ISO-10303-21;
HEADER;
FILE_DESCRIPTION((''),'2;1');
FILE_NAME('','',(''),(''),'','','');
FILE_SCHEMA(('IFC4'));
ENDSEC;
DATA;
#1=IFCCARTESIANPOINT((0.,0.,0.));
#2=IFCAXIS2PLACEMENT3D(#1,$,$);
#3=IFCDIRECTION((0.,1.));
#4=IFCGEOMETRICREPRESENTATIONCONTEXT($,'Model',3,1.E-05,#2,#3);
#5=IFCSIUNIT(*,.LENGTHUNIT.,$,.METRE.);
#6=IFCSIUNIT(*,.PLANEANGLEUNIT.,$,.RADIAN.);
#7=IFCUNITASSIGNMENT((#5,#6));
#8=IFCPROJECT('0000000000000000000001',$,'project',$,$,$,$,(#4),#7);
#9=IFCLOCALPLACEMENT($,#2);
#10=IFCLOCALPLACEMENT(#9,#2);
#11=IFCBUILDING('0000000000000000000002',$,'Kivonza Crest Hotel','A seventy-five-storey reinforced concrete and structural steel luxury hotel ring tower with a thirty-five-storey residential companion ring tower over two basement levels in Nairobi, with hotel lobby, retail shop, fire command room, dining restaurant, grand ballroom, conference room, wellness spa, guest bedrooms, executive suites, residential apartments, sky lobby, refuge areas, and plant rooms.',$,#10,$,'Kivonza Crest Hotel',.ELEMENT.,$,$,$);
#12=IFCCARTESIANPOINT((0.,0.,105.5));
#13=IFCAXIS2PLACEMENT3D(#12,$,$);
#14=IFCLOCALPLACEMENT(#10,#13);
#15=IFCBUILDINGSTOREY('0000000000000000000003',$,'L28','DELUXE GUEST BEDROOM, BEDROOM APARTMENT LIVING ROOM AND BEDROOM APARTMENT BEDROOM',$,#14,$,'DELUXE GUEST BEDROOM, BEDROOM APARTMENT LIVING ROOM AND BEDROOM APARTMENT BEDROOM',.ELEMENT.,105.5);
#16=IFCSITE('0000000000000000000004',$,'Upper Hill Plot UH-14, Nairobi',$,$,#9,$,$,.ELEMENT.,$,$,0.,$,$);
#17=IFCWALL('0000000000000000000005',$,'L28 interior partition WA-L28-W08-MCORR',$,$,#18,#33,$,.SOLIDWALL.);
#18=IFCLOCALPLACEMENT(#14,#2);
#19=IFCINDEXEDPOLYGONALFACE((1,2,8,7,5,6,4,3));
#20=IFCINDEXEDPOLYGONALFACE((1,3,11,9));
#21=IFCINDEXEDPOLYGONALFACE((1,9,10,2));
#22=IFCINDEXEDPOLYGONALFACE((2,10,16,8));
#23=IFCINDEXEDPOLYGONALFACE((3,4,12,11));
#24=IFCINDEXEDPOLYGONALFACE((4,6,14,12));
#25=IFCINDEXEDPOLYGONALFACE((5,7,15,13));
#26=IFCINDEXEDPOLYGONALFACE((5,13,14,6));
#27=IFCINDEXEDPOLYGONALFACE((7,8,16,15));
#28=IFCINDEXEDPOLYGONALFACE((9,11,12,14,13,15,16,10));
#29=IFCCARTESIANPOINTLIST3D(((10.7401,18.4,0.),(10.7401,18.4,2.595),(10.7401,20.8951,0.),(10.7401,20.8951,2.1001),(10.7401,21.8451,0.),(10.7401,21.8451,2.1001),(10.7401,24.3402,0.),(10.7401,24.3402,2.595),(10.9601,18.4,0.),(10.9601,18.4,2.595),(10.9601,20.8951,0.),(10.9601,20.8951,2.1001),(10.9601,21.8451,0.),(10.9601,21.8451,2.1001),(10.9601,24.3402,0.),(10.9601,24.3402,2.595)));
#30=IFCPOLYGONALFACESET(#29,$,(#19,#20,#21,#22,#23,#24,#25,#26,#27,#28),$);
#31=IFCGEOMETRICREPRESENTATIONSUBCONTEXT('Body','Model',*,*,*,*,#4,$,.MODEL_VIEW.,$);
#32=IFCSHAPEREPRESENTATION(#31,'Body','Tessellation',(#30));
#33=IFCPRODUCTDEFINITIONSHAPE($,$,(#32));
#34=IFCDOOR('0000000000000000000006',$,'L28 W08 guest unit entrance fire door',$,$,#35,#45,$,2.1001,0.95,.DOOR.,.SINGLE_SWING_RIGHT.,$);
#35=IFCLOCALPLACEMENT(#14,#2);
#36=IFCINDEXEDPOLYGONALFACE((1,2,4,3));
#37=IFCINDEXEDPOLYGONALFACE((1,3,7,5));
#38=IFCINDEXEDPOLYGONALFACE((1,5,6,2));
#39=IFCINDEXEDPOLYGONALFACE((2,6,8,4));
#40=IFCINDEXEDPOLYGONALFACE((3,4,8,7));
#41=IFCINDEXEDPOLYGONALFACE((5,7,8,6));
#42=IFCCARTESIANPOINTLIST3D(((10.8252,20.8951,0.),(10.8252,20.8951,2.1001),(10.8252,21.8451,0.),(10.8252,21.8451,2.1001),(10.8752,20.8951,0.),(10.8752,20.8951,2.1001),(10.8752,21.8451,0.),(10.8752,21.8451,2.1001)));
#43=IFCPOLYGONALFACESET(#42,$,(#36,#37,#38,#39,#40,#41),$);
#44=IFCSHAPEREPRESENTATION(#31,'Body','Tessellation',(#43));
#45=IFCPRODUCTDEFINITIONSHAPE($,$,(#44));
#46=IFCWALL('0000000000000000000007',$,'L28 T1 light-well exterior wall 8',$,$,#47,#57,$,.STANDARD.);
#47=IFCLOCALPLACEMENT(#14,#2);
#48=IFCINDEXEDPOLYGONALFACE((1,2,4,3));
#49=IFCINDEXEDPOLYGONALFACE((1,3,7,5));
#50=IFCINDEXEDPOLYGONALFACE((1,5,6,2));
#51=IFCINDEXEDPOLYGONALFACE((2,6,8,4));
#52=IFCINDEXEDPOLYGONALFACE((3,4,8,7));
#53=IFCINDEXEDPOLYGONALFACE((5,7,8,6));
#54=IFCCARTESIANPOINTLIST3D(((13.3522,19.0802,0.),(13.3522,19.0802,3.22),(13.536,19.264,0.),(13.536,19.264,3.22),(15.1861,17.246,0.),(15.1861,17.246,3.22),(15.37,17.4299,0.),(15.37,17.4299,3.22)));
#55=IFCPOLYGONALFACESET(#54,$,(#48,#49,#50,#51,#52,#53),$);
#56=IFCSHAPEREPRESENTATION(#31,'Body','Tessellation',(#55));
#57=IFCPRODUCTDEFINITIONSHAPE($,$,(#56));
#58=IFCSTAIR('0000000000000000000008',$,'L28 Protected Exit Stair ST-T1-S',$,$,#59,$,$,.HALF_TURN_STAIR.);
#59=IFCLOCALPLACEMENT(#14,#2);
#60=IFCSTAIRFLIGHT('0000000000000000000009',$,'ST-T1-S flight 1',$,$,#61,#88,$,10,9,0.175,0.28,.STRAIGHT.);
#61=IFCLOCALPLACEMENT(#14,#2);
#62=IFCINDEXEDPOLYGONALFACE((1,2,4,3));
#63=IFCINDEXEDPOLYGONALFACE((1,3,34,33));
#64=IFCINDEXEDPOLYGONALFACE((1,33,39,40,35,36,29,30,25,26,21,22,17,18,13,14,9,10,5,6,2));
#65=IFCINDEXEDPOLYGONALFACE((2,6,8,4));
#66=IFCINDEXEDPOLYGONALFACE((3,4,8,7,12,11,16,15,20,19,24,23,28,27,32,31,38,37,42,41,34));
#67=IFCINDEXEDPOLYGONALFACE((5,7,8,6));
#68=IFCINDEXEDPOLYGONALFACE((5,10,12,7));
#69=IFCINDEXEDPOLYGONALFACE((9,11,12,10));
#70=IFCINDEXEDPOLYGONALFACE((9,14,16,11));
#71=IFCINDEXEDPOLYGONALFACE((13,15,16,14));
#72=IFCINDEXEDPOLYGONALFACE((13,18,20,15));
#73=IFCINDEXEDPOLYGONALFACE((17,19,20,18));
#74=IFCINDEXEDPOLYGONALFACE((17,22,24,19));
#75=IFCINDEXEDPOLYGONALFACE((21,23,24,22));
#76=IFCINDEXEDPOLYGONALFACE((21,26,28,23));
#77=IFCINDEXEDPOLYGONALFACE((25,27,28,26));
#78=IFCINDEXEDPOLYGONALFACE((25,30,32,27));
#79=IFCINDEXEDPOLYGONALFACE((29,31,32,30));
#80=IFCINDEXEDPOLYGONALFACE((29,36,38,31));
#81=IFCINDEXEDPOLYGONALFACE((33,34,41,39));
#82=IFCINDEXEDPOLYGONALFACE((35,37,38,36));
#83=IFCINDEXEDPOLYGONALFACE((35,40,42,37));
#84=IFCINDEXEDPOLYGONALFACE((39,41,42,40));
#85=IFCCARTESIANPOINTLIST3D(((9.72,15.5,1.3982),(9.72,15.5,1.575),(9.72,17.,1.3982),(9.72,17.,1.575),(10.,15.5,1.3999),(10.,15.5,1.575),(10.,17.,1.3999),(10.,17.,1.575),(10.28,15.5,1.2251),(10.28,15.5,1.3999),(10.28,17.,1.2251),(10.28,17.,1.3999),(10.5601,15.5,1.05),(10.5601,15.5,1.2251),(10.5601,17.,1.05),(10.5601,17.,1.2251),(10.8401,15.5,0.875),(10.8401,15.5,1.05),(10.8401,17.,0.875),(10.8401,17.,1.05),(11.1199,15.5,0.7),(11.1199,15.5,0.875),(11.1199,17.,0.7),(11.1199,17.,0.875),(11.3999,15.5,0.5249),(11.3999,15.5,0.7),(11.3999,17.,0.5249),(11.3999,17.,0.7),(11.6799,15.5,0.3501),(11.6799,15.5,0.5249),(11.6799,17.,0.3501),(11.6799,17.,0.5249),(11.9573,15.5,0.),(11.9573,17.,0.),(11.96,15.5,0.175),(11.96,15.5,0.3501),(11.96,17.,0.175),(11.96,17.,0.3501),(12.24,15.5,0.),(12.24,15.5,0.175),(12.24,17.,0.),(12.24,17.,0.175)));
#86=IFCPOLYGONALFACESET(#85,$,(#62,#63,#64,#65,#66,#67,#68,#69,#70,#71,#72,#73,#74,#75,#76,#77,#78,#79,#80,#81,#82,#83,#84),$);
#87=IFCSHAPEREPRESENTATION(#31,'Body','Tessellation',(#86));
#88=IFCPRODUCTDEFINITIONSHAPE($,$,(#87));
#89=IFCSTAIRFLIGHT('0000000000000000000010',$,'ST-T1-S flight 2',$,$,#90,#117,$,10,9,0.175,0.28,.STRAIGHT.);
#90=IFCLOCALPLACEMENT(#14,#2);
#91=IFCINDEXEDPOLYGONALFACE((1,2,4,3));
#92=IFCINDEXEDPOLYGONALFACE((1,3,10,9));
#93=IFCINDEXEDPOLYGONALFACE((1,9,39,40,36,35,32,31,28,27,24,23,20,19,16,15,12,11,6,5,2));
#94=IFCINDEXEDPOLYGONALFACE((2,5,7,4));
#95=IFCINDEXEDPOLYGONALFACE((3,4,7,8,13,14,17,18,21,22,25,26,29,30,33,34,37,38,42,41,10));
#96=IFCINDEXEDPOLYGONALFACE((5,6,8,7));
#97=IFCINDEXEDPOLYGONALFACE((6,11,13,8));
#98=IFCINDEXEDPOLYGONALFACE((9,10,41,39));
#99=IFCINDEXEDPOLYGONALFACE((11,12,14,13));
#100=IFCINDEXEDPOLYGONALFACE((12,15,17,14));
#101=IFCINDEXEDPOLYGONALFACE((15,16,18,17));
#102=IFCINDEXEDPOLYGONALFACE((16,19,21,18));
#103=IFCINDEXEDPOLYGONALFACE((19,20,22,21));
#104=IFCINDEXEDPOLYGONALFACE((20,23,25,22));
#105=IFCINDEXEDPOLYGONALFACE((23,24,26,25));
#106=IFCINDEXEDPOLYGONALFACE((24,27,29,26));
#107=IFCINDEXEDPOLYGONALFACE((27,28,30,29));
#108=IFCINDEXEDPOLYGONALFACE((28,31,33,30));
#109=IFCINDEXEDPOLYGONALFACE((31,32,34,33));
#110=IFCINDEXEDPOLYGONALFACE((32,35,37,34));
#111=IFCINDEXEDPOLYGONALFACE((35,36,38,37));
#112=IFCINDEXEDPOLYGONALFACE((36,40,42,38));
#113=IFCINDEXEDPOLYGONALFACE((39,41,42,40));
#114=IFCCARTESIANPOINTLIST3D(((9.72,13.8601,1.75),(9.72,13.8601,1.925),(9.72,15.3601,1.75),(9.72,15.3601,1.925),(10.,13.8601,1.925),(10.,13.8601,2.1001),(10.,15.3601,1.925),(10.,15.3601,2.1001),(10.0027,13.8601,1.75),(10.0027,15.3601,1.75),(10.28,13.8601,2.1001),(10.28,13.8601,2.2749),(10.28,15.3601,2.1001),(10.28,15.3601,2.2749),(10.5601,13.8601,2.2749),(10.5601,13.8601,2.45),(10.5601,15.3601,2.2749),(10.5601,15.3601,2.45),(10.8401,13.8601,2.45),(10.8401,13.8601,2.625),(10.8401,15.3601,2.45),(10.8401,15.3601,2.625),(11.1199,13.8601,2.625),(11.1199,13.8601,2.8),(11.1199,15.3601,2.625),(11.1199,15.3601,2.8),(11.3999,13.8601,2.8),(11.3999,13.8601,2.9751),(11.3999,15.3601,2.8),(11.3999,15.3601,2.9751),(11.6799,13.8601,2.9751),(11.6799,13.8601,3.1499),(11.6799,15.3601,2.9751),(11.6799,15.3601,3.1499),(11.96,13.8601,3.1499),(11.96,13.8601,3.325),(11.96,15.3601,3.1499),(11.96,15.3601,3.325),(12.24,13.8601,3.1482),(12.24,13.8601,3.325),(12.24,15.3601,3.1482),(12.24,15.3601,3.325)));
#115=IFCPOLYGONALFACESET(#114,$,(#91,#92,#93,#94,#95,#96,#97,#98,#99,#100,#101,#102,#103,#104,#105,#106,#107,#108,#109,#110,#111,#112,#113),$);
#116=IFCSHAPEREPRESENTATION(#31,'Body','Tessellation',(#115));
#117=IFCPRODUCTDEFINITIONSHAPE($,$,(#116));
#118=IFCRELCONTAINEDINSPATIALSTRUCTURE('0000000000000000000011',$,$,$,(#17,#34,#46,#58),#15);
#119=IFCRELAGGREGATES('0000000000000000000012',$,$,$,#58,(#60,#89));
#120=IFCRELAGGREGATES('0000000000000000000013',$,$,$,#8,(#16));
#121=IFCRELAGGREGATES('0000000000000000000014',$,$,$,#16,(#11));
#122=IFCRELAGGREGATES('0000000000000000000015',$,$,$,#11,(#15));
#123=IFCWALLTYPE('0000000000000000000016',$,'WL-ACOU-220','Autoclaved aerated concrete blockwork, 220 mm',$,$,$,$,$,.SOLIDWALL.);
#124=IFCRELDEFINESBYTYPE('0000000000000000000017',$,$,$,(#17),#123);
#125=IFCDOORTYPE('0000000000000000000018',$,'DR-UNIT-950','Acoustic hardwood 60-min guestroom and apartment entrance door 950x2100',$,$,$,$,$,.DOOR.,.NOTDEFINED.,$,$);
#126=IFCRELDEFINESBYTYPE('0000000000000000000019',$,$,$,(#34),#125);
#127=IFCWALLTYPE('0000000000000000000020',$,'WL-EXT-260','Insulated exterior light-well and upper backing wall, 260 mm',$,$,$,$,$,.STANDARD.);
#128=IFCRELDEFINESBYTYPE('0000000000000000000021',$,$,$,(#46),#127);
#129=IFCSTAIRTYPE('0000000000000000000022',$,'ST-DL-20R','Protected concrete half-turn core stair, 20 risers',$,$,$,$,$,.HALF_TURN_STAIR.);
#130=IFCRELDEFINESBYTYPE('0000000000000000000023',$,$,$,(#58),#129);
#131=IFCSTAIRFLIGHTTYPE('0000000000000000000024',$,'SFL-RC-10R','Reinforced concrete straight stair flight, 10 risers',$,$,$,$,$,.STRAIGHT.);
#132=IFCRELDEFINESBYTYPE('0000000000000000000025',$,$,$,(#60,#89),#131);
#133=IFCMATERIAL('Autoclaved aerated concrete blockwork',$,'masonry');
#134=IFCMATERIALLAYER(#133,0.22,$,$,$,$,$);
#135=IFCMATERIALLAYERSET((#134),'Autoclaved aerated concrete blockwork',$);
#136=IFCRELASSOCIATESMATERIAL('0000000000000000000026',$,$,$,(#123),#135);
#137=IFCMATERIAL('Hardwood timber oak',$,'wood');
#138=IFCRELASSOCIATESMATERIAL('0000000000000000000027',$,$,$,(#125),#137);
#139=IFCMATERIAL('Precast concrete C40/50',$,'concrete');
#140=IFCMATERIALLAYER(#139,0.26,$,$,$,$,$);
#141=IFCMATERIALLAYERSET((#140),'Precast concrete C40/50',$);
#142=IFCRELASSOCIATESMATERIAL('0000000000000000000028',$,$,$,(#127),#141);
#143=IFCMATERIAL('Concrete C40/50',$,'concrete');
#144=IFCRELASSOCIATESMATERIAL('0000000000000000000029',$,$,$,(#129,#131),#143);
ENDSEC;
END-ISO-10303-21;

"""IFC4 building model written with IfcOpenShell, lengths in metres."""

from ifc_helpers import new_model, si_unit, direction, frame, frame_2d, origin, place, context, subcontext, project, spatial, polyline, rectangle, outline, extrude, material, layer, layer_set, type_object, element, fill, aggregate, save


model = new_model("IFC4")

# Units and contexts
model_context = context("Model", 3, precision=1e-05, world=origin(), true_north=direction((0.0, 1.0)))
body_context = subcontext(model_context, "Body", "Model", "MODEL_VIEW")
ifc_project = project(units=[si_unit("LENGTHUNIT", "METRE"), si_unit("PLANEANGLEUNIT", "RADIAN")], contexts=[model_context])

# Site, building, storey
site_placement = place(None, origin())
site = spatial("IfcSite", under=ifc_project, at=site_placement, Name="Upper Hill Plot UH-14, Nairobi", CompositionType="ELEMENT", RefElevation=0.0)
building_placement = place(site_placement, origin())
building = spatial("IfcBuilding", under=site, at=building_placement, Name="Kivonza Crest Hotel", Description="A seventy-five-storey reinforced concrete and structural steel luxury hotel ring tower with a thirty-five-storey residential companion ring tower over two basement levels in Nairobi, with hotel lobby, retail shop, fire command room, dining restaurant, grand ballroom, conference room, wellness spa, guest bedrooms, executive suites, residential apartments, sky lobby, refuge areas, and plant rooms.", LongName="Kivonza Crest Hotel", CompositionType="ELEMENT")
storey_placement = place(building_placement, frame((0.0, 0.0, 105.5)))
storey = spatial("IfcBuildingStorey", under=building, at=storey_placement, Name="L28", Description="DELUXE GUEST BEDROOM, BEDROOM APARTMENT LIVING ROOM AND BEDROOM APARTMENT BEDROOM", LongName="DELUXE GUEST BEDROOM, BEDROOM APARTMENT LIVING ROOM AND BEDROOM APARTMENT BEDROOM", CompositionType="ELEMENT", Elevation=105.5)

# Shared definitions
ifc_material_1 = material(Name="Autoclaved aerated concrete blockwork", Category="masonry")
ifc_layer_1 = layer(ifc_material_1, 0.22)
ifc_layer_set_1 = layer_set([ifc_layer_1], Name="Autoclaved aerated concrete blockwork")
wall_type_1 = type_object("IfcWallType", Name="WL-ACOU-220", Description="Autoclaved aerated concrete blockwork, 220 mm", PredefinedType="SOLIDWALL", material=ifc_layer_set_1)
ifc_material_2 = material(Name="Hardwood timber oak", Category="wood")
door_type_1 = type_object("IfcDoorType", Name="DR-UNIT-950", Description="Acoustic hardwood 60-min guestroom and apartment entrance door 950x2100", OperationType="NOTDEFINED", PredefinedType="DOOR", material=ifc_material_2)

# Wall, opening, door
wall_1_placement = place(storey_placement, frame((10.8501, 18.3999, 0.0), z_axis=(0.0, 0.0, 1.0), x_axis=(0.0, 1.0, 0.0)))
wall_1 = element("IfcWall", 1, at=wall_1_placement, inside=storey, type_object=wall_type_1, Name="L28 interior partition WA-L28-W08-MCORR", PredefinedType="SOLIDWALL", context=body_context, shape_type="SweptSolid", body=[
    extrude(rectangle(XDim=5.9402, YDim=0.22, at=frame_2d((2.9702, 0.0))), origin(), (0.0, 0.0, 1.0), 2.595),
])
opening_1_placement = place(wall_1_placement, frame((2.4951, 0.0, 0.0)))
opening_1 = element("IfcOpeningElement", 2, at=opening_1_placement, cuts=wall_1, PredefinedType="OPENING", context=body_context, shape_type="SweptSolid", body=[
    extrude(rectangle(XDim=0.95, YDim=2.1001, at=frame_2d((0.4751, 1.05))), frame((0.0, 0.1201, 0.0), z_axis=(0.0, -1.0, 0.0), x_axis=(1.0, 0.0, 0.0)), (0.0, 0.0, 1.0), 0.24),
])
door_1_placement = place(opening_1_placement, origin())
door_1 = element("IfcDoor", 3, at=door_1_placement, inside=storey, type_object=door_type_1, Name="L28 W08 guest unit entrance fire door", OperationType="SINGLE_SWING_RIGHT", OverallHeight=2.1001, OverallWidth=0.95, PredefinedType="DOOR", context=body_context, shape_type="SweptSolid", body=[
    extrude(rectangle(XDim=0.95, YDim=2.1001, at=frame_2d((0.4751, 1.05))), frame((0.0, 0.0249, 0.0), z_axis=(0.0, -1.0, 0.0), x_axis=(1.0, 0.0, 0.0)), (0.0, 0.0, 1.0), 0.05),
])
fill(opening_1, door_1)

# Wall
ifc_material_3 = material(Name="Precast concrete C40/50", Category="concrete")
ifc_layer_2 = layer(ifc_material_3, 0.26)
ifc_layer_set_2 = layer_set([ifc_layer_2], Name="Precast concrete C40/50")
wall_type_2 = type_object("IfcWallType", Name="WL-EXT-260", Description="Insulated exterior light-well and upper backing wall, 260 mm", PredefinedType="STANDARD", material=ifc_layer_set_2)
wall_2_placement = place(storey_placement, frame((13.4441, 19.1721, 0.0), z_axis=(0.0, 0.0, 1.0), x_axis=(0.70706, -0.707154, 0.0)))
element("IfcWall", 4, at=wall_2_placement, inside=storey, type_object=wall_type_2, Name="L28 T1 light-well exterior wall 8", PredefinedType="STANDARD", context=body_context, shape_type="SweptSolid", body=[
    extrude(rectangle(XDim=2.5938, YDim=0.26, at=frame_2d((1.2969, 0.0))), origin(), (0.0, 0.0, 1.0), 3.22),
])

# Stair, stair flights
ifc_material_4 = material(Name="Concrete C40/50", Category="concrete")
stair_type = type_object("IfcStairType", Name="ST-DL-20R", Description="Protected concrete half-turn core stair, 20 risers", PredefinedType="HALF_TURN_STAIR", material=ifc_material_4)
stair_placement = place(storey_placement, origin())
stair = element("IfcStair", 5, at=stair_placement, inside=storey, type_object=stair_type, Name="L28 Protected Exit Stair ST-T1-S", PredefinedType="HALF_TURN_STAIR")
stair_flight_type = type_object("IfcStairFlightType", Name="SFL-RC-10R", Description="Reinforced concrete straight stair flight, 10 risers", PredefinedType="STRAIGHT", material=ifc_material_4)
stair_flight_1_placement = place(storey_placement, frame((12.24, 16.25, 0.0), z_axis=(0.0, 0.0, 1.0), x_axis=(-1.0, 0.0, 0.0)))
stair_flight_1 = element("IfcStairFlight", 6, at=stair_flight_1_placement, type_object=stair_flight_type, Name="ST-T1-S flight 1", NumberOfRisers=10, NumberOfTreads=9, PredefinedType="STRAIGHT", RiserHeight=0.175, TreadLength=0.28, context=body_context, shape_type="SweptSolid", body=[
    extrude(outline(polyline([(0.0, 0.0), (0.0, 0.175), (0.28, 0.175), (0.28, 0.3501), (0.5601, 0.3501), (0.5601, 0.5249), (0.8401, 0.5249), (0.8401, 0.7), (1.1201, 0.7), (1.1201, 0.875), (1.3999, 0.875), (1.3999, 1.05), (1.6799, 1.05), (1.6799, 1.2251), (1.96, 1.2251), (1.96, 1.3999), (2.24, 1.3999), (2.24, 1.575), (2.52, 1.575), (2.52, 1.75), (2.52, 1.3982), (0.2827, 0.0), (0.0, 0.0)])), frame((0.0, 0.75, 0.0), z_axis=(0.0, -1.0, 0.0), x_axis=(1.0, 0.0, 0.0)), (0.0, 0.0, 1.0), 1.5),
])
stair_flight_2_placement = place(storey_placement, frame((9.72, 14.6101, 1.75), z_axis=(0.0, 0.0, 1.0), x_axis=(1.0, 0.0, 0.0)))
stair_flight_2 = element("IfcStairFlight", 7, at=stair_flight_2_placement, type_object=stair_flight_type, Name="ST-T1-S flight 2", NumberOfRisers=10, NumberOfTreads=9, PredefinedType="STRAIGHT", RiserHeight=0.175, TreadLength=0.28, context=body_context, shape_type="SweptSolid", body=[
    extrude(outline(polyline([(0.0, 0.0), (0.0, 0.175), (0.28, 0.175), (0.28, 0.3501), (0.5601, 0.3501), (0.5601, 0.5249), (0.8401, 0.5249), (0.8401, 0.7), (1.1201, 0.7), (1.1201, 0.875), (1.3999, 0.875), (1.3999, 1.05), (1.6799, 1.05), (1.6799, 1.2251), (1.96, 1.2251), (1.96, 1.3999), (2.24, 1.3999), (2.24, 1.575), (2.52, 1.575), (2.52, 1.75), (2.52, 1.3982), (0.2827, 0.0), (0.0, 0.0)])), frame((0.0, 0.75, 0.0), z_axis=(0.0, -1.0, 0.0), x_axis=(1.0, 0.0, 0.0)), (0.0, 0.0, 1.0), 1.5),
])
aggregate(stair, [stair_flight_1, stair_flight_2])

save(model, "model.ifc")
